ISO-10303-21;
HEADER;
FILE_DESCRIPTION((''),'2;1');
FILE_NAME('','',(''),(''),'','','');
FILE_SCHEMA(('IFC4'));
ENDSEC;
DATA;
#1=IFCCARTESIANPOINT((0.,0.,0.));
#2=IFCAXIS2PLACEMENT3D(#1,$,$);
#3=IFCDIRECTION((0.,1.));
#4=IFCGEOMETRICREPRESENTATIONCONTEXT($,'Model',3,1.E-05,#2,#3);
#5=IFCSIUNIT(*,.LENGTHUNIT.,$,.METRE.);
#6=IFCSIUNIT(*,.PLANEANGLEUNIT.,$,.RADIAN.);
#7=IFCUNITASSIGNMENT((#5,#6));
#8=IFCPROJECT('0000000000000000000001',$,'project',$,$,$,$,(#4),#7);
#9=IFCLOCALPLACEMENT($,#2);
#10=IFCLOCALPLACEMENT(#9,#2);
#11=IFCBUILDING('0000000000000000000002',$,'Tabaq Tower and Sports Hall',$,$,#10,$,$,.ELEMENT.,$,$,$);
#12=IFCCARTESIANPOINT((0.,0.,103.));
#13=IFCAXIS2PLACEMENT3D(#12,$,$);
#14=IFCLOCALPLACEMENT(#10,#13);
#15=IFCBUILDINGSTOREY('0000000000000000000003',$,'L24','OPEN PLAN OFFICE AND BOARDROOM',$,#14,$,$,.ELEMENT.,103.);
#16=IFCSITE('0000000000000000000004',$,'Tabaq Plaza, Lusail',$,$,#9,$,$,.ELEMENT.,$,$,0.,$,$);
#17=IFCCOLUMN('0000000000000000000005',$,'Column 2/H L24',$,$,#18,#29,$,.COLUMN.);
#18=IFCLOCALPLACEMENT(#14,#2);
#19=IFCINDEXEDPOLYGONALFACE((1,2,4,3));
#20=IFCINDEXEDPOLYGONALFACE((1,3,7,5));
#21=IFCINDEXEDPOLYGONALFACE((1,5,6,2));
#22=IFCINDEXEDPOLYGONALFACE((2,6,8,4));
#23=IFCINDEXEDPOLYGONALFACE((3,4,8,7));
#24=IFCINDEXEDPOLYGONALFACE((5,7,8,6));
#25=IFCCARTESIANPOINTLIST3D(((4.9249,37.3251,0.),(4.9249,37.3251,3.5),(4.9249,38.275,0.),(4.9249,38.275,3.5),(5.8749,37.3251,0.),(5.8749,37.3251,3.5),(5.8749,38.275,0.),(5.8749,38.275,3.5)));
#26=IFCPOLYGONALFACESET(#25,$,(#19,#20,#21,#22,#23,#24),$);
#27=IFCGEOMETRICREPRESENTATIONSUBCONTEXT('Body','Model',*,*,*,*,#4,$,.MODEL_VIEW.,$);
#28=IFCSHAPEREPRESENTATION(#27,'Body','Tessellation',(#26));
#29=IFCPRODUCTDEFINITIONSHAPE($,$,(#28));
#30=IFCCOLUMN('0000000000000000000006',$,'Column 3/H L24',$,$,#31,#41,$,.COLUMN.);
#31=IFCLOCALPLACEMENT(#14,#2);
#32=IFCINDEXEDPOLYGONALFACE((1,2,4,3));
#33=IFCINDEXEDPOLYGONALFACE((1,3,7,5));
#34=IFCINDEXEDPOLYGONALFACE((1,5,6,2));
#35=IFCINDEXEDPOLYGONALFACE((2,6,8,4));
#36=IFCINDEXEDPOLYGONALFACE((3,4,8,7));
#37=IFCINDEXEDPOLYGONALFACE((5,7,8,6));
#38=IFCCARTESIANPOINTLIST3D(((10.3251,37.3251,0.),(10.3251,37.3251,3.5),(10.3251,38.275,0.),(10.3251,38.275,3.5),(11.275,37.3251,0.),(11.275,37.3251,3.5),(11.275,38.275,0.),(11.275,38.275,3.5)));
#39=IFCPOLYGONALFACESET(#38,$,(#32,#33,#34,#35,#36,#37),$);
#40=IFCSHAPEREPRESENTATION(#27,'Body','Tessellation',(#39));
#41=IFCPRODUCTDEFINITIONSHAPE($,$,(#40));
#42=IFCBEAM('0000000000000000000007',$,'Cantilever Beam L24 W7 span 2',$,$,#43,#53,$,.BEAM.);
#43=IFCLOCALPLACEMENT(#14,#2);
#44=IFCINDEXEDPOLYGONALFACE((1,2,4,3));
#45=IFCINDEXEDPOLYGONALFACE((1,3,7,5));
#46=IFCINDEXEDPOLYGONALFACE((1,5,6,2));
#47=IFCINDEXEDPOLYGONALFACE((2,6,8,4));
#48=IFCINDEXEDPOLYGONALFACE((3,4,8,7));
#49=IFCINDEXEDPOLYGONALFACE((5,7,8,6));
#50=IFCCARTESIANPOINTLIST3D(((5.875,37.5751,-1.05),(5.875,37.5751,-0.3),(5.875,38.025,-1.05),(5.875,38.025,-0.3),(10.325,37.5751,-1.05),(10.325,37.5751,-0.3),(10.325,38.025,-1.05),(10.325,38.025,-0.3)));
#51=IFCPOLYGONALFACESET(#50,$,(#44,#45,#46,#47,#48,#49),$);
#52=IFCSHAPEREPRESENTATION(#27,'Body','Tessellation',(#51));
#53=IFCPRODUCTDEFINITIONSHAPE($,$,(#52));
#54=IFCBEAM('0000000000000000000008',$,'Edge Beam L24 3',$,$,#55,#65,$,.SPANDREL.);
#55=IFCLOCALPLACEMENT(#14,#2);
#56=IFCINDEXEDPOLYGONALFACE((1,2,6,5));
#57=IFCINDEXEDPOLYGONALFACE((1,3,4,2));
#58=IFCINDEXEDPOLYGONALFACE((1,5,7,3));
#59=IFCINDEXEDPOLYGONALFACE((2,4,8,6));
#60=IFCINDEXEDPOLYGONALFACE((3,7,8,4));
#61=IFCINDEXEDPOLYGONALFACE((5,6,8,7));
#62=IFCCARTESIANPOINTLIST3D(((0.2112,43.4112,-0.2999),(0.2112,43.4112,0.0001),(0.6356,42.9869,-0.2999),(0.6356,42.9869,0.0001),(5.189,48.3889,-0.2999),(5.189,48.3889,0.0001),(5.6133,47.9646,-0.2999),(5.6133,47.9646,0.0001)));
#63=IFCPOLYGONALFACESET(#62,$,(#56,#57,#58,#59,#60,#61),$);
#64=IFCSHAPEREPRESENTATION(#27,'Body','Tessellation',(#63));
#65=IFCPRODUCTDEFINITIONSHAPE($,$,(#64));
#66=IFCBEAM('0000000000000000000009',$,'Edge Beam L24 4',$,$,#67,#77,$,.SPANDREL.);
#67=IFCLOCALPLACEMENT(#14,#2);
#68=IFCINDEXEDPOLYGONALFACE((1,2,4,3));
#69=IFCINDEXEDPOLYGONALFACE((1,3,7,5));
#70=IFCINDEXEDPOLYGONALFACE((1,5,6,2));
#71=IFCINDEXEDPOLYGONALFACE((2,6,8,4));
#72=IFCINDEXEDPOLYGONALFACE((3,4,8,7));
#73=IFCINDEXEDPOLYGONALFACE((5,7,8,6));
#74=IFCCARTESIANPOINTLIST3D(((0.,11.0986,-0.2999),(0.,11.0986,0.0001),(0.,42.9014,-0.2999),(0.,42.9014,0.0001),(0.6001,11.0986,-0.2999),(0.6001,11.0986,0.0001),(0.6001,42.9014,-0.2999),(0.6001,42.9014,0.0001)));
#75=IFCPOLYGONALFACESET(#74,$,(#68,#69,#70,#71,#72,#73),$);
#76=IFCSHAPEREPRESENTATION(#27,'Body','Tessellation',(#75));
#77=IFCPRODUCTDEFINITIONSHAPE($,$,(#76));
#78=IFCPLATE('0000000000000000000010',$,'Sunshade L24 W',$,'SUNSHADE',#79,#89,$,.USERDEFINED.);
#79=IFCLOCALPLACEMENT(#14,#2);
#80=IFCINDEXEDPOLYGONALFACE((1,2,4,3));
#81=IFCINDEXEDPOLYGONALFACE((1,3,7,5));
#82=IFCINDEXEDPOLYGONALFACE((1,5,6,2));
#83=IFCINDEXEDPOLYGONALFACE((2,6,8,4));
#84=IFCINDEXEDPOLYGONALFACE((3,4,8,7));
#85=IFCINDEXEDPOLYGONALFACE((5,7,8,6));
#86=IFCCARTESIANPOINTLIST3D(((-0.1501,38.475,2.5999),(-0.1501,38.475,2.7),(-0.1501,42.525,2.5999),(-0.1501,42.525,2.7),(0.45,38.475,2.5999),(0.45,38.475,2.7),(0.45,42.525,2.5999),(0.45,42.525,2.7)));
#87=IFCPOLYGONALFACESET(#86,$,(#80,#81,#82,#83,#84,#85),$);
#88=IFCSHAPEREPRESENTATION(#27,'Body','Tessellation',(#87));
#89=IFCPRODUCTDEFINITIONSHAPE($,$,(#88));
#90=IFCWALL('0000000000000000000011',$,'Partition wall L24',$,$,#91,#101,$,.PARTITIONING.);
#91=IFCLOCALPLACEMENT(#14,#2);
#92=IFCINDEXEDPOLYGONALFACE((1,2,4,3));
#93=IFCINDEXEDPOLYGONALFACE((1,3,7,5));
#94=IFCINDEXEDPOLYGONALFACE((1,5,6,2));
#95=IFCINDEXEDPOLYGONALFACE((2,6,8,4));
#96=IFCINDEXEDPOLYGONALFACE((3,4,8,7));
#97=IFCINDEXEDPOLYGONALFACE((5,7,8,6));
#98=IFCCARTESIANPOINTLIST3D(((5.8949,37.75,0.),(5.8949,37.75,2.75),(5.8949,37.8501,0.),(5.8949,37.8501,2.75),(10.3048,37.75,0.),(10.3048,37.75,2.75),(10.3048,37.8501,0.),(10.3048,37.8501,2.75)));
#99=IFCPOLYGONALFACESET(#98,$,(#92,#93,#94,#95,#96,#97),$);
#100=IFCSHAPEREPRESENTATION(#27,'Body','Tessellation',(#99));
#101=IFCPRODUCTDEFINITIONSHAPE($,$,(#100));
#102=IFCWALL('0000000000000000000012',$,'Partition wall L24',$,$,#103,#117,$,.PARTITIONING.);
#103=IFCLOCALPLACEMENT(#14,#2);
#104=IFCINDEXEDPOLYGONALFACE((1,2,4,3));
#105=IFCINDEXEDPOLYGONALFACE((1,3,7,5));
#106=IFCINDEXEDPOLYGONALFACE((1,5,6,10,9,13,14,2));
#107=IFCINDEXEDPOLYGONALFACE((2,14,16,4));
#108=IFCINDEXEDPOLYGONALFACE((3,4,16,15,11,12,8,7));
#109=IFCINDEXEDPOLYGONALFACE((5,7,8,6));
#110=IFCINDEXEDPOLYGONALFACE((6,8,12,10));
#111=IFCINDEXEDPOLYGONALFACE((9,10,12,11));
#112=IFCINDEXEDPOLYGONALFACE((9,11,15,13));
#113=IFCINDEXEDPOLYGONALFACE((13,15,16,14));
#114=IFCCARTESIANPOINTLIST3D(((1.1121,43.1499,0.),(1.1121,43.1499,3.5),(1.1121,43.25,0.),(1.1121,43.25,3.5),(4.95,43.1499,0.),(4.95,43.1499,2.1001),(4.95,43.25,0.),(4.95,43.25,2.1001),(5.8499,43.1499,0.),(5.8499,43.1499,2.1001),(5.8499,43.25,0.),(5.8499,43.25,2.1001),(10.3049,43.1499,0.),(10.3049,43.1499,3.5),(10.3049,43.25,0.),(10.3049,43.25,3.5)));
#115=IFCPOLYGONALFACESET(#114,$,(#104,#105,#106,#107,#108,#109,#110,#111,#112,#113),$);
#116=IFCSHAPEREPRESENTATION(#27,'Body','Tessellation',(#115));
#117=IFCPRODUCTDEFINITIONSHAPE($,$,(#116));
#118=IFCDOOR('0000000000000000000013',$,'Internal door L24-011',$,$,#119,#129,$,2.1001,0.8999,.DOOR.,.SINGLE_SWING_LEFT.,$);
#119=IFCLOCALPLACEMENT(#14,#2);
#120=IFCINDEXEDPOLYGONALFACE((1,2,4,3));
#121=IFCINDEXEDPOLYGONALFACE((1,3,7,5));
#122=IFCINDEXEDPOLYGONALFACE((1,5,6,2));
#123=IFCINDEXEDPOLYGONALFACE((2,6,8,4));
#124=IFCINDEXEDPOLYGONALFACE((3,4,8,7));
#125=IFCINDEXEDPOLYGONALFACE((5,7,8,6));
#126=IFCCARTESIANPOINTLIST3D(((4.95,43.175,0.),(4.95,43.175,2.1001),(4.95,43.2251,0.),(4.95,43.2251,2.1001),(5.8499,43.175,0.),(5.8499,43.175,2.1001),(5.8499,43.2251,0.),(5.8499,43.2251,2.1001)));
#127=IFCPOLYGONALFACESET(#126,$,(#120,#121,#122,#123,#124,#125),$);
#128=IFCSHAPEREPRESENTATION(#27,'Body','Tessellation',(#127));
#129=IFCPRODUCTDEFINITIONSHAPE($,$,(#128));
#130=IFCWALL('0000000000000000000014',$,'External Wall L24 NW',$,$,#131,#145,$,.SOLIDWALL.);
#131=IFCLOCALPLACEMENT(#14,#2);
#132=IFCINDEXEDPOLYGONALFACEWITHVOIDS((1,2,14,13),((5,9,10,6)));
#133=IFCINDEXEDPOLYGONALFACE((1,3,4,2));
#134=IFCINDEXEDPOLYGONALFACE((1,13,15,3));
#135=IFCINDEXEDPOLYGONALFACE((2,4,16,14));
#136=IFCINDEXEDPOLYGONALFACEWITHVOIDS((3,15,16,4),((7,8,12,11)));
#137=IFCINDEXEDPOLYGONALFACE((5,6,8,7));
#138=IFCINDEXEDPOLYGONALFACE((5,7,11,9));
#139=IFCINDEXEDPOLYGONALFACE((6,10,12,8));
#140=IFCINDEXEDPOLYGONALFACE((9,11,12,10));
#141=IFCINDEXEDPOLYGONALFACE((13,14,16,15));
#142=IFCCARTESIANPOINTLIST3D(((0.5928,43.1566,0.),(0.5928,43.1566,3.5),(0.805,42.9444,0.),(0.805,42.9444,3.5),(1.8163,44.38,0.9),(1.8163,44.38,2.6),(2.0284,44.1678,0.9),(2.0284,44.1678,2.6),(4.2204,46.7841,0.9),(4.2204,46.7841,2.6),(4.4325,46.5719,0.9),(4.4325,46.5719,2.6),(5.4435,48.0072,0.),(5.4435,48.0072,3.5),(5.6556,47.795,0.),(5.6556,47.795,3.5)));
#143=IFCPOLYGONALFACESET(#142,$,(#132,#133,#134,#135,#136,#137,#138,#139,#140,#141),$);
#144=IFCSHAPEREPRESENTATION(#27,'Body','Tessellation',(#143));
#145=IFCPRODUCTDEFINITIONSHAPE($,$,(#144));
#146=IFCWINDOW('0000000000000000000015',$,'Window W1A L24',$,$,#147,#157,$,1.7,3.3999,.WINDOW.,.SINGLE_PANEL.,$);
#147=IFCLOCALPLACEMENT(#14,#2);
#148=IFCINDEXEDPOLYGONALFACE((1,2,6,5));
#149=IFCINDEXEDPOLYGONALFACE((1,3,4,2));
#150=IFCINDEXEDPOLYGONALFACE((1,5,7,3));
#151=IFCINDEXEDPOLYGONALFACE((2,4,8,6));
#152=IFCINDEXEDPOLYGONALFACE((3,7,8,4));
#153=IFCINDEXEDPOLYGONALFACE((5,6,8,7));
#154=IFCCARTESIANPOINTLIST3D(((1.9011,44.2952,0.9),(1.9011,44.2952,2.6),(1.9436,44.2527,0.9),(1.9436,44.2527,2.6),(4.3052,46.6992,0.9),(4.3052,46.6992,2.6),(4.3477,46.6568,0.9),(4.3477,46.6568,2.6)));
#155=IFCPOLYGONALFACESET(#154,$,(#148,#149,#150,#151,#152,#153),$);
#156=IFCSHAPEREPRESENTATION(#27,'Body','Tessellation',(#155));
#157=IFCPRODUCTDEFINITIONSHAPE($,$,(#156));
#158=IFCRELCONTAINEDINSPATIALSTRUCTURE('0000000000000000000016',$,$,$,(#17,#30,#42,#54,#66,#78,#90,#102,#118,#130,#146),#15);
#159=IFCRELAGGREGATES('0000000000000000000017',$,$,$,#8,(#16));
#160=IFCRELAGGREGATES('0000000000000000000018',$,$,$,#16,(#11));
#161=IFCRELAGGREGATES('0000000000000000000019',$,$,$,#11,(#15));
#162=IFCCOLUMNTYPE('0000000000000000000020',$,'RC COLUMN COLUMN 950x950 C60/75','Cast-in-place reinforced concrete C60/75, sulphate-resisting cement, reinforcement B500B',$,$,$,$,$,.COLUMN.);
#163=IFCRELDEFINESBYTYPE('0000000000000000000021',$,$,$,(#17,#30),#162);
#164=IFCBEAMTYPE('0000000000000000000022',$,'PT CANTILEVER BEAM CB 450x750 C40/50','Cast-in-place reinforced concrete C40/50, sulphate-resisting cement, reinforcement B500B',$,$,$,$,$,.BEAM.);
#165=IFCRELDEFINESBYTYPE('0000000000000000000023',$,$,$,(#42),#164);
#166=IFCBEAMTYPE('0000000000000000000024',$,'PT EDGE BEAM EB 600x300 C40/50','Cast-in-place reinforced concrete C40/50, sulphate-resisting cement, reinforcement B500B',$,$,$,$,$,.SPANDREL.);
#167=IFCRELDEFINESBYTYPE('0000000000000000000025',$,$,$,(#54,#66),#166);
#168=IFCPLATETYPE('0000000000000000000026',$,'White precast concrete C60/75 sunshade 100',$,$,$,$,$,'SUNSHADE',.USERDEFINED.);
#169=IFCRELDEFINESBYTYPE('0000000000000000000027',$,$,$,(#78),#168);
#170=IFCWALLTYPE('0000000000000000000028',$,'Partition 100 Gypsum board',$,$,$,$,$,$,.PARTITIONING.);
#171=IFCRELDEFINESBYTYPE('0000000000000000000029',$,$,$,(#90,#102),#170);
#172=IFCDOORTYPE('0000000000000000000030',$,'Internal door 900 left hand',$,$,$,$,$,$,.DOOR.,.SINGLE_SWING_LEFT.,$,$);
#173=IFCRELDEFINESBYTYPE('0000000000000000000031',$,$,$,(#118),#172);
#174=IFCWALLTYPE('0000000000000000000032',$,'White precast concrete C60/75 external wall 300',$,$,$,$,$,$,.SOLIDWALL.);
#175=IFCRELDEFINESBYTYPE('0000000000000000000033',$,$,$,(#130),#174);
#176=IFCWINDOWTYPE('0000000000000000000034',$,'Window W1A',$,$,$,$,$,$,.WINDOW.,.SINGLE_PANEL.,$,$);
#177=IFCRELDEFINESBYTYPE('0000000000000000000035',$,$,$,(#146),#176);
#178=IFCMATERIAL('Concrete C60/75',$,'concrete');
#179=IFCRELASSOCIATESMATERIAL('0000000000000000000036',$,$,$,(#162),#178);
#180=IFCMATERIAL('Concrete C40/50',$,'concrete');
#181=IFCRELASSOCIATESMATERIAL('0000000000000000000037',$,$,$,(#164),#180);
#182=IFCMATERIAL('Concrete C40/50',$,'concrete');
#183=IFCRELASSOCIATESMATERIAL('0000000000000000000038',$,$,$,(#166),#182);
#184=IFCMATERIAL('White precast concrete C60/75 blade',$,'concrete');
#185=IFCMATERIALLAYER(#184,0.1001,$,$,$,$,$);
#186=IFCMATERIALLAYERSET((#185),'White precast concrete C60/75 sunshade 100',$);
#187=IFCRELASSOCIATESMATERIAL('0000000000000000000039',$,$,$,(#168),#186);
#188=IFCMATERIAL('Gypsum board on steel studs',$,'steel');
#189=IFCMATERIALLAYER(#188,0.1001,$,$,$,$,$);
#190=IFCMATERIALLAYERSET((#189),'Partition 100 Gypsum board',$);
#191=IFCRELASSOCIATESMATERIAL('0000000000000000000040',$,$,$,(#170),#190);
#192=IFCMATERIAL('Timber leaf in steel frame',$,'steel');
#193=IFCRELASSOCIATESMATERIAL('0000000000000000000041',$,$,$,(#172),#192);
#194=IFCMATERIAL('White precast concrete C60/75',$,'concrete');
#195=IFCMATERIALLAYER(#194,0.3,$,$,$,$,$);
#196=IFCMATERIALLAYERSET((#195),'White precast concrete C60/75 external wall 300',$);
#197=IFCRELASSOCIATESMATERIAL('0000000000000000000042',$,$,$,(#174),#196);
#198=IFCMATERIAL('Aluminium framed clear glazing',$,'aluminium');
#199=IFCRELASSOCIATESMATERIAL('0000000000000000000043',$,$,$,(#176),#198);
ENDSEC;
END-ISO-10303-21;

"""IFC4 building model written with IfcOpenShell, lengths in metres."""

from ifc_helpers import new_model, si_unit, direction, frame, frame_2d, origin, origin_2d, place, context, subcontext, project, spatial, rectangle, extrude, material, layer, layer_set, material_profile, profile_set, type_object, element, fill, save


model = new_model("IFC4")

# Units and contexts
model_context = context("Model", 3, precision=1e-05, world=origin(), true_north=direction((0.0, 1.0)))
body_context = subcontext(model_context, "Body", "Model", "MODEL_VIEW")
ifc_project = project(units=[si_unit("LENGTHUNIT", "METRE"), si_unit("PLANEANGLEUNIT", "RADIAN")], contexts=[model_context])

# Site, building, storey
site_placement = place(None, origin())
site = spatial("IfcSite", under=ifc_project, at=site_placement, Name="Tabaq Plaza, Lusail", CompositionType="ELEMENT", RefElevation=0.0)
building_placement = place(site_placement, origin())
building = spatial("IfcBuilding", under=site, at=building_placement, Name="Tabaq Tower and Sports Hall", CompositionType="ELEMENT")
storey_placement = place(building_placement, frame((0.0, 0.0, 103.0)))
storey = spatial("IfcBuildingStorey", under=building, at=storey_placement, Name="L24", Description="OPEN PLAN OFFICE AND BOARDROOM", CompositionType="ELEMENT", Elevation=103.0)

# Columns
ifc_material_1 = material(Name="Concrete C60/75", Category="concrete")
ifc_material_profile_1 = material_profile(ifc_material_1, rectangle(XDim=0.95, YDim=0.95, at=origin_2d()), Name="COLUMN 950x950")
ifc_profile_set_1 = profile_set([ifc_material_profile_1], Name="Concrete C60/75")
column_type = type_object("IfcColumnType", Name="RC COLUMN COLUMN 950x950 C60/75", Description="Cast-in-place reinforced concrete C60/75, sulphate-resisting cement, reinforcement B500B", PredefinedType="COLUMN", material=ifc_profile_set_1)
for number, where, z_axis, x_axis, name in (
    (1, (5.3999, 37.8, 0.0), (0.0, 0.0, 1.0), (1.0, 0.0, 0.0), "Column 2/H L24"),
    (2, (10.8, 37.8, 0.0), (0.0, 0.0, 1.0), (1.0, 0.0, 0.0), "Column 3/H L24"),
):
    element("IfcColumn", number, at=place(storey_placement, frame(where, z_axis=z_axis, x_axis=x_axis)), inside=storey, type_object=column_type, Name=name, PredefinedType="COLUMN", context=body_context, shape_type="SweptSolid", body=[
        extrude(rectangle(XDim=0.95, YDim=0.95, at=origin_2d()), origin(), (0.0, 0.0, 1.0), 3.5),
    ])

# Beams
ifc_material_2 = material(Name="Concrete C40/50", Category="concrete")
ifc_material_profile_2 = material_profile(ifc_material_2, rectangle(XDim=0.45, YDim=0.75, at=origin_2d()), Name="CB 450x750")
ifc_profile_set_2 = profile_set([ifc_material_profile_2], Name="Concrete C40/50")
beam_type_1 = type_object("IfcBeamType", Name="PT CANTILEVER BEAM CB 450x750 C40/50", Description="Cast-in-place reinforced concrete C40/50, sulphate-resisting cement, reinforcement B500B", PredefinedType="BEAM", material=ifc_profile_set_2)
beam_1_placement = place(storey_placement, frame((5.875, 37.8, -0.675), z_axis=(1.0, 0.0, 0.0), x_axis=(0.0, 1.0, 0.0)))
element("IfcBeam", 3, at=beam_1_placement, inside=storey, type_object=beam_type_1, Name="Cantilever Beam L24 W7 span 2", PredefinedType="BEAM", context=body_context, shape_type="SweptSolid", body=[
    extrude(rectangle(XDim=0.45, YDim=0.75, at=origin_2d()), origin(), (0.0, 0.0, 1.0), 4.45),
])
ifc_material_3 = material(Name="Concrete C40/50", Category="concrete")
ifc_material_profile_3 = material_profile(ifc_material_3, rectangle(XDim=0.6001, YDim=0.3, at=origin_2d()), Name="EB 600x300")
ifc_profile_set_3 = profile_set([ifc_material_profile_3], Name="Concrete C40/50")
beam_type_2 = type_object("IfcBeamType", Name="PT EDGE BEAM EB 600x300 C40/50", Description="Cast-in-place reinforced concrete C40/50, sulphate-resisting cement, reinforcement B500B", PredefinedType="SPANDREL", material=ifc_profile_set_3)
beam_2_placement = place(storey_placement, frame((5.4011, 48.1768, -0.1499), z_axis=(-0.707107, -0.707107, 0.0), x_axis=(0.707107, -0.707107, 0.0)))
element("IfcBeam", 4, at=beam_2_placement, inside=storey, type_object=beam_type_2, Name="Edge Beam L24 3", PredefinedType="SPANDREL", context=body_context, shape_type="SweptSolid", body=[
    extrude(rectangle(XDim=0.6001, YDim=0.3, at=origin_2d()), origin(), (0.0, 0.0, 1.0), 7.0396),
])
beam_3_placement = place(storey_placement, frame((0.3, 42.9014, -0.1499), z_axis=(0.0, -1.0, 0.0), x_axis=(1.0, 0.0, 0.0)))
element("IfcBeam", 5, at=beam_3_placement, inside=storey, type_object=beam_type_2, Name="Edge Beam L24 4", PredefinedType="SPANDREL", context=body_context, shape_type="SweptSolid", body=[
    extrude(rectangle(XDim=0.6001, YDim=0.3, at=origin_2d()), origin(), (0.0, 0.0, 1.0), 31.8027),
])

# Plate
ifc_material_4 = material(Name="White precast concrete C60/75 blade", Category="concrete")
ifc_layer_1 = layer(ifc_material_4, 0.1001)
ifc_layer_set_1 = layer_set([ifc_layer_1], Name="White precast concrete C60/75 sunshade 100")
plate_type = type_object("IfcPlateType", Name="White precast concrete C60/75 sunshade 100", ElementType="SUNSHADE", PredefinedType="USERDEFINED", material=ifc_layer_set_1)
plate_placement = place(storey_placement, frame((0.1499, 40.5, 2.5999), z_axis=(0.0, 0.0, 1.0), x_axis=(0.0, -1.0, 0.0)))
element("IfcPlate", 6, at=plate_placement, inside=storey, type_object=plate_type, Name="Sunshade L24 W", ObjectType="SUNSHADE", PredefinedType="USERDEFINED", context=body_context, shape_type="SweptSolid", body=[
    extrude(rectangle(XDim=4.05, YDim=0.6001, at=origin_2d()), origin(), (0.0, 0.0, 1.0), 0.1001),
])

# Wall
ifc_material_5 = material(Name="Gypsum board on steel studs", Category="steel")
ifc_layer_2 = layer(ifc_material_5, 0.1001)
ifc_layer_set_2 = layer_set([ifc_layer_2], Name="Partition 100 Gypsum board")
wall_type_1 = type_object("IfcWallType", Name="Partition 100 Gypsum board", PredefinedType="PARTITIONING", material=ifc_layer_set_2)
wall_1_placement = place(storey_placement, frame((10.3049, 37.8, 0.0), z_axis=(0.0, 0.0, 1.0), x_axis=(-1.0, 0.0, 0.0)))
element("IfcWall", 7, at=wall_1_placement, inside=storey, type_object=wall_type_1, Name="Partition wall L24", PredefinedType="PARTITIONING", context=body_context, shape_type="SweptSolid", body=[
    extrude(rectangle(XDim=4.4099, YDim=0.1001, at=frame_2d((2.2051, 0.0))), origin(), (0.0, 0.0, 1.0), 2.75),
])

# Wall, opening, door
wall_2_placement = place(storey_placement, frame((10.3049, 43.2, 0.0), z_axis=(0.0, 0.0, 1.0), x_axis=(-1.0, 0.0, 0.0)))
wall_2 = element("IfcWall", 8, at=wall_2_placement, inside=storey, type_object=wall_type_1, Name="Partition wall L24", PredefinedType="PARTITIONING", context=body_context, shape_type="SweptSolid", body=[
    extrude(rectangle(XDim=9.1929, YDim=0.1001, at=frame_2d((4.5964, 0.0))), origin(), (0.0, 0.0, 1.0), 3.5),
])
opening_1_placement = place(wall_2_placement, frame((4.4551, 0.0, 0.0)))
opening_1 = element("IfcOpeningElement", 9, at=opening_1_placement, cuts=wall_2, PredefinedType="OPENING", context=body_context, shape_type="SweptSolid", body=[
    extrude(rectangle(XDim=0.8999, YDim=2.1001, at=frame_2d((0.45, 1.05))), frame((0.0, 0.05, 0.0), z_axis=(0.0, -1.0, 0.0), x_axis=(1.0, 0.0, 0.0)), (0.0, 0.0, 1.0), 0.1001),
])
ifc_material_6 = material(Name="Timber leaf in steel frame", Category="steel")
door_type = type_object("IfcDoorType", Name="Internal door 900 left hand", OperationType="SINGLE_SWING_LEFT", PredefinedType="DOOR", material=ifc_material_6)
door_placement = place(opening_1_placement, origin())
door = element("IfcDoor", 10, at=door_placement, inside=storey, type_object=door_type, Name="Internal door L24-011", OperationType="SINGLE_SWING_LEFT", OverallHeight=2.1001, OverallWidth=0.8999, PredefinedType="DOOR", context=body_context, shape_type="SweptSolid", body=[
    extrude(rectangle(XDim=0.8999, YDim=2.1001, at=frame_2d((0.45, 1.05))), frame((0.0, 0.0249, 0.0), z_axis=(0.0, -1.0, 0.0), x_axis=(1.0, 0.0, 0.0)), (0.0, 0.0, 1.0), 0.05),
])
fill(opening_1, door)

# Wall, opening, window
ifc_material_7 = material(Name="White precast concrete C60/75", Category="concrete")
ifc_layer_3 = layer(ifc_material_7, 0.3)
ifc_layer_set_3 = layer_set([ifc_layer_3], Name="White precast concrete C60/75 external wall 300")
wall_type_2 = type_object("IfcWallType", Name="White precast concrete C60/75 external wall 300", PredefinedType="SOLIDWALL", material=ifc_layer_set_3)
wall_3_placement = place(storey_placement, frame((5.5496, 47.9011, 0.0), z_axis=(0.0, 0.0, 1.0), x_axis=(-0.707107, -0.707107, 0.0)))
wall_3 = element("IfcWall", 11, at=wall_3_placement, inside=storey, type_object=wall_type_2, Name="External Wall L24 NW", PredefinedType="SOLIDWALL", context=body_context, shape_type="SweptSolid", body=[
    extrude(rectangle(XDim=6.8599, YDim=0.3, at=frame_2d((3.4299, 0.0))), origin(), (0.0, 0.0, 1.0), 3.5),
])
opening_2_placement = place(wall_3_placement, frame((1.7297, 0.0, 0.8999)))
opening_2 = element("IfcOpeningElement", 12, at=opening_2_placement, cuts=wall_3, PredefinedType="OPENING", context=body_context, shape_type="SweptSolid", body=[
    extrude(rectangle(XDim=3.3999, YDim=1.7, at=frame_2d((1.7, 0.8501))), frame((0.0, 0.1602, 0.0), z_axis=(0.0, -1.0, 0.0), x_axis=(1.0, 0.0, 0.0)), (0.0, 0.0, 1.0), 0.3201),
])
ifc_material_8 = material(Name="Aluminium framed clear glazing", Category="aluminium")
window_type = type_object("IfcWindowType", Name="Window W1A", PartitioningType="SINGLE_PANEL", PredefinedType="WINDOW", material=ifc_material_8)
window_1_placement = place(opening_2_placement, origin())
window_1 = element("IfcWindow", 13, at=window_1_placement, inside=storey, type_object=window_type, Name="Window W1A L24", OverallHeight=1.7, OverallWidth=3.3999, PartitioningType="SINGLE_PANEL", PredefinedType="WINDOW", context=body_context, shape_type="SweptSolid", body=[
    extrude(rectangle(XDim=3.3999, YDim=1.7, at=frame_2d((1.7, 0.8501))), frame((0.0, 0.03, 0.0), z_axis=(0.0, -1.0, 0.0), x_axis=(1.0, 0.0, 0.0)), (0.0, 0.0, 1.0), 0.0601),
])
fill(opening_2, window_1)

save(model, "model.ifc")
